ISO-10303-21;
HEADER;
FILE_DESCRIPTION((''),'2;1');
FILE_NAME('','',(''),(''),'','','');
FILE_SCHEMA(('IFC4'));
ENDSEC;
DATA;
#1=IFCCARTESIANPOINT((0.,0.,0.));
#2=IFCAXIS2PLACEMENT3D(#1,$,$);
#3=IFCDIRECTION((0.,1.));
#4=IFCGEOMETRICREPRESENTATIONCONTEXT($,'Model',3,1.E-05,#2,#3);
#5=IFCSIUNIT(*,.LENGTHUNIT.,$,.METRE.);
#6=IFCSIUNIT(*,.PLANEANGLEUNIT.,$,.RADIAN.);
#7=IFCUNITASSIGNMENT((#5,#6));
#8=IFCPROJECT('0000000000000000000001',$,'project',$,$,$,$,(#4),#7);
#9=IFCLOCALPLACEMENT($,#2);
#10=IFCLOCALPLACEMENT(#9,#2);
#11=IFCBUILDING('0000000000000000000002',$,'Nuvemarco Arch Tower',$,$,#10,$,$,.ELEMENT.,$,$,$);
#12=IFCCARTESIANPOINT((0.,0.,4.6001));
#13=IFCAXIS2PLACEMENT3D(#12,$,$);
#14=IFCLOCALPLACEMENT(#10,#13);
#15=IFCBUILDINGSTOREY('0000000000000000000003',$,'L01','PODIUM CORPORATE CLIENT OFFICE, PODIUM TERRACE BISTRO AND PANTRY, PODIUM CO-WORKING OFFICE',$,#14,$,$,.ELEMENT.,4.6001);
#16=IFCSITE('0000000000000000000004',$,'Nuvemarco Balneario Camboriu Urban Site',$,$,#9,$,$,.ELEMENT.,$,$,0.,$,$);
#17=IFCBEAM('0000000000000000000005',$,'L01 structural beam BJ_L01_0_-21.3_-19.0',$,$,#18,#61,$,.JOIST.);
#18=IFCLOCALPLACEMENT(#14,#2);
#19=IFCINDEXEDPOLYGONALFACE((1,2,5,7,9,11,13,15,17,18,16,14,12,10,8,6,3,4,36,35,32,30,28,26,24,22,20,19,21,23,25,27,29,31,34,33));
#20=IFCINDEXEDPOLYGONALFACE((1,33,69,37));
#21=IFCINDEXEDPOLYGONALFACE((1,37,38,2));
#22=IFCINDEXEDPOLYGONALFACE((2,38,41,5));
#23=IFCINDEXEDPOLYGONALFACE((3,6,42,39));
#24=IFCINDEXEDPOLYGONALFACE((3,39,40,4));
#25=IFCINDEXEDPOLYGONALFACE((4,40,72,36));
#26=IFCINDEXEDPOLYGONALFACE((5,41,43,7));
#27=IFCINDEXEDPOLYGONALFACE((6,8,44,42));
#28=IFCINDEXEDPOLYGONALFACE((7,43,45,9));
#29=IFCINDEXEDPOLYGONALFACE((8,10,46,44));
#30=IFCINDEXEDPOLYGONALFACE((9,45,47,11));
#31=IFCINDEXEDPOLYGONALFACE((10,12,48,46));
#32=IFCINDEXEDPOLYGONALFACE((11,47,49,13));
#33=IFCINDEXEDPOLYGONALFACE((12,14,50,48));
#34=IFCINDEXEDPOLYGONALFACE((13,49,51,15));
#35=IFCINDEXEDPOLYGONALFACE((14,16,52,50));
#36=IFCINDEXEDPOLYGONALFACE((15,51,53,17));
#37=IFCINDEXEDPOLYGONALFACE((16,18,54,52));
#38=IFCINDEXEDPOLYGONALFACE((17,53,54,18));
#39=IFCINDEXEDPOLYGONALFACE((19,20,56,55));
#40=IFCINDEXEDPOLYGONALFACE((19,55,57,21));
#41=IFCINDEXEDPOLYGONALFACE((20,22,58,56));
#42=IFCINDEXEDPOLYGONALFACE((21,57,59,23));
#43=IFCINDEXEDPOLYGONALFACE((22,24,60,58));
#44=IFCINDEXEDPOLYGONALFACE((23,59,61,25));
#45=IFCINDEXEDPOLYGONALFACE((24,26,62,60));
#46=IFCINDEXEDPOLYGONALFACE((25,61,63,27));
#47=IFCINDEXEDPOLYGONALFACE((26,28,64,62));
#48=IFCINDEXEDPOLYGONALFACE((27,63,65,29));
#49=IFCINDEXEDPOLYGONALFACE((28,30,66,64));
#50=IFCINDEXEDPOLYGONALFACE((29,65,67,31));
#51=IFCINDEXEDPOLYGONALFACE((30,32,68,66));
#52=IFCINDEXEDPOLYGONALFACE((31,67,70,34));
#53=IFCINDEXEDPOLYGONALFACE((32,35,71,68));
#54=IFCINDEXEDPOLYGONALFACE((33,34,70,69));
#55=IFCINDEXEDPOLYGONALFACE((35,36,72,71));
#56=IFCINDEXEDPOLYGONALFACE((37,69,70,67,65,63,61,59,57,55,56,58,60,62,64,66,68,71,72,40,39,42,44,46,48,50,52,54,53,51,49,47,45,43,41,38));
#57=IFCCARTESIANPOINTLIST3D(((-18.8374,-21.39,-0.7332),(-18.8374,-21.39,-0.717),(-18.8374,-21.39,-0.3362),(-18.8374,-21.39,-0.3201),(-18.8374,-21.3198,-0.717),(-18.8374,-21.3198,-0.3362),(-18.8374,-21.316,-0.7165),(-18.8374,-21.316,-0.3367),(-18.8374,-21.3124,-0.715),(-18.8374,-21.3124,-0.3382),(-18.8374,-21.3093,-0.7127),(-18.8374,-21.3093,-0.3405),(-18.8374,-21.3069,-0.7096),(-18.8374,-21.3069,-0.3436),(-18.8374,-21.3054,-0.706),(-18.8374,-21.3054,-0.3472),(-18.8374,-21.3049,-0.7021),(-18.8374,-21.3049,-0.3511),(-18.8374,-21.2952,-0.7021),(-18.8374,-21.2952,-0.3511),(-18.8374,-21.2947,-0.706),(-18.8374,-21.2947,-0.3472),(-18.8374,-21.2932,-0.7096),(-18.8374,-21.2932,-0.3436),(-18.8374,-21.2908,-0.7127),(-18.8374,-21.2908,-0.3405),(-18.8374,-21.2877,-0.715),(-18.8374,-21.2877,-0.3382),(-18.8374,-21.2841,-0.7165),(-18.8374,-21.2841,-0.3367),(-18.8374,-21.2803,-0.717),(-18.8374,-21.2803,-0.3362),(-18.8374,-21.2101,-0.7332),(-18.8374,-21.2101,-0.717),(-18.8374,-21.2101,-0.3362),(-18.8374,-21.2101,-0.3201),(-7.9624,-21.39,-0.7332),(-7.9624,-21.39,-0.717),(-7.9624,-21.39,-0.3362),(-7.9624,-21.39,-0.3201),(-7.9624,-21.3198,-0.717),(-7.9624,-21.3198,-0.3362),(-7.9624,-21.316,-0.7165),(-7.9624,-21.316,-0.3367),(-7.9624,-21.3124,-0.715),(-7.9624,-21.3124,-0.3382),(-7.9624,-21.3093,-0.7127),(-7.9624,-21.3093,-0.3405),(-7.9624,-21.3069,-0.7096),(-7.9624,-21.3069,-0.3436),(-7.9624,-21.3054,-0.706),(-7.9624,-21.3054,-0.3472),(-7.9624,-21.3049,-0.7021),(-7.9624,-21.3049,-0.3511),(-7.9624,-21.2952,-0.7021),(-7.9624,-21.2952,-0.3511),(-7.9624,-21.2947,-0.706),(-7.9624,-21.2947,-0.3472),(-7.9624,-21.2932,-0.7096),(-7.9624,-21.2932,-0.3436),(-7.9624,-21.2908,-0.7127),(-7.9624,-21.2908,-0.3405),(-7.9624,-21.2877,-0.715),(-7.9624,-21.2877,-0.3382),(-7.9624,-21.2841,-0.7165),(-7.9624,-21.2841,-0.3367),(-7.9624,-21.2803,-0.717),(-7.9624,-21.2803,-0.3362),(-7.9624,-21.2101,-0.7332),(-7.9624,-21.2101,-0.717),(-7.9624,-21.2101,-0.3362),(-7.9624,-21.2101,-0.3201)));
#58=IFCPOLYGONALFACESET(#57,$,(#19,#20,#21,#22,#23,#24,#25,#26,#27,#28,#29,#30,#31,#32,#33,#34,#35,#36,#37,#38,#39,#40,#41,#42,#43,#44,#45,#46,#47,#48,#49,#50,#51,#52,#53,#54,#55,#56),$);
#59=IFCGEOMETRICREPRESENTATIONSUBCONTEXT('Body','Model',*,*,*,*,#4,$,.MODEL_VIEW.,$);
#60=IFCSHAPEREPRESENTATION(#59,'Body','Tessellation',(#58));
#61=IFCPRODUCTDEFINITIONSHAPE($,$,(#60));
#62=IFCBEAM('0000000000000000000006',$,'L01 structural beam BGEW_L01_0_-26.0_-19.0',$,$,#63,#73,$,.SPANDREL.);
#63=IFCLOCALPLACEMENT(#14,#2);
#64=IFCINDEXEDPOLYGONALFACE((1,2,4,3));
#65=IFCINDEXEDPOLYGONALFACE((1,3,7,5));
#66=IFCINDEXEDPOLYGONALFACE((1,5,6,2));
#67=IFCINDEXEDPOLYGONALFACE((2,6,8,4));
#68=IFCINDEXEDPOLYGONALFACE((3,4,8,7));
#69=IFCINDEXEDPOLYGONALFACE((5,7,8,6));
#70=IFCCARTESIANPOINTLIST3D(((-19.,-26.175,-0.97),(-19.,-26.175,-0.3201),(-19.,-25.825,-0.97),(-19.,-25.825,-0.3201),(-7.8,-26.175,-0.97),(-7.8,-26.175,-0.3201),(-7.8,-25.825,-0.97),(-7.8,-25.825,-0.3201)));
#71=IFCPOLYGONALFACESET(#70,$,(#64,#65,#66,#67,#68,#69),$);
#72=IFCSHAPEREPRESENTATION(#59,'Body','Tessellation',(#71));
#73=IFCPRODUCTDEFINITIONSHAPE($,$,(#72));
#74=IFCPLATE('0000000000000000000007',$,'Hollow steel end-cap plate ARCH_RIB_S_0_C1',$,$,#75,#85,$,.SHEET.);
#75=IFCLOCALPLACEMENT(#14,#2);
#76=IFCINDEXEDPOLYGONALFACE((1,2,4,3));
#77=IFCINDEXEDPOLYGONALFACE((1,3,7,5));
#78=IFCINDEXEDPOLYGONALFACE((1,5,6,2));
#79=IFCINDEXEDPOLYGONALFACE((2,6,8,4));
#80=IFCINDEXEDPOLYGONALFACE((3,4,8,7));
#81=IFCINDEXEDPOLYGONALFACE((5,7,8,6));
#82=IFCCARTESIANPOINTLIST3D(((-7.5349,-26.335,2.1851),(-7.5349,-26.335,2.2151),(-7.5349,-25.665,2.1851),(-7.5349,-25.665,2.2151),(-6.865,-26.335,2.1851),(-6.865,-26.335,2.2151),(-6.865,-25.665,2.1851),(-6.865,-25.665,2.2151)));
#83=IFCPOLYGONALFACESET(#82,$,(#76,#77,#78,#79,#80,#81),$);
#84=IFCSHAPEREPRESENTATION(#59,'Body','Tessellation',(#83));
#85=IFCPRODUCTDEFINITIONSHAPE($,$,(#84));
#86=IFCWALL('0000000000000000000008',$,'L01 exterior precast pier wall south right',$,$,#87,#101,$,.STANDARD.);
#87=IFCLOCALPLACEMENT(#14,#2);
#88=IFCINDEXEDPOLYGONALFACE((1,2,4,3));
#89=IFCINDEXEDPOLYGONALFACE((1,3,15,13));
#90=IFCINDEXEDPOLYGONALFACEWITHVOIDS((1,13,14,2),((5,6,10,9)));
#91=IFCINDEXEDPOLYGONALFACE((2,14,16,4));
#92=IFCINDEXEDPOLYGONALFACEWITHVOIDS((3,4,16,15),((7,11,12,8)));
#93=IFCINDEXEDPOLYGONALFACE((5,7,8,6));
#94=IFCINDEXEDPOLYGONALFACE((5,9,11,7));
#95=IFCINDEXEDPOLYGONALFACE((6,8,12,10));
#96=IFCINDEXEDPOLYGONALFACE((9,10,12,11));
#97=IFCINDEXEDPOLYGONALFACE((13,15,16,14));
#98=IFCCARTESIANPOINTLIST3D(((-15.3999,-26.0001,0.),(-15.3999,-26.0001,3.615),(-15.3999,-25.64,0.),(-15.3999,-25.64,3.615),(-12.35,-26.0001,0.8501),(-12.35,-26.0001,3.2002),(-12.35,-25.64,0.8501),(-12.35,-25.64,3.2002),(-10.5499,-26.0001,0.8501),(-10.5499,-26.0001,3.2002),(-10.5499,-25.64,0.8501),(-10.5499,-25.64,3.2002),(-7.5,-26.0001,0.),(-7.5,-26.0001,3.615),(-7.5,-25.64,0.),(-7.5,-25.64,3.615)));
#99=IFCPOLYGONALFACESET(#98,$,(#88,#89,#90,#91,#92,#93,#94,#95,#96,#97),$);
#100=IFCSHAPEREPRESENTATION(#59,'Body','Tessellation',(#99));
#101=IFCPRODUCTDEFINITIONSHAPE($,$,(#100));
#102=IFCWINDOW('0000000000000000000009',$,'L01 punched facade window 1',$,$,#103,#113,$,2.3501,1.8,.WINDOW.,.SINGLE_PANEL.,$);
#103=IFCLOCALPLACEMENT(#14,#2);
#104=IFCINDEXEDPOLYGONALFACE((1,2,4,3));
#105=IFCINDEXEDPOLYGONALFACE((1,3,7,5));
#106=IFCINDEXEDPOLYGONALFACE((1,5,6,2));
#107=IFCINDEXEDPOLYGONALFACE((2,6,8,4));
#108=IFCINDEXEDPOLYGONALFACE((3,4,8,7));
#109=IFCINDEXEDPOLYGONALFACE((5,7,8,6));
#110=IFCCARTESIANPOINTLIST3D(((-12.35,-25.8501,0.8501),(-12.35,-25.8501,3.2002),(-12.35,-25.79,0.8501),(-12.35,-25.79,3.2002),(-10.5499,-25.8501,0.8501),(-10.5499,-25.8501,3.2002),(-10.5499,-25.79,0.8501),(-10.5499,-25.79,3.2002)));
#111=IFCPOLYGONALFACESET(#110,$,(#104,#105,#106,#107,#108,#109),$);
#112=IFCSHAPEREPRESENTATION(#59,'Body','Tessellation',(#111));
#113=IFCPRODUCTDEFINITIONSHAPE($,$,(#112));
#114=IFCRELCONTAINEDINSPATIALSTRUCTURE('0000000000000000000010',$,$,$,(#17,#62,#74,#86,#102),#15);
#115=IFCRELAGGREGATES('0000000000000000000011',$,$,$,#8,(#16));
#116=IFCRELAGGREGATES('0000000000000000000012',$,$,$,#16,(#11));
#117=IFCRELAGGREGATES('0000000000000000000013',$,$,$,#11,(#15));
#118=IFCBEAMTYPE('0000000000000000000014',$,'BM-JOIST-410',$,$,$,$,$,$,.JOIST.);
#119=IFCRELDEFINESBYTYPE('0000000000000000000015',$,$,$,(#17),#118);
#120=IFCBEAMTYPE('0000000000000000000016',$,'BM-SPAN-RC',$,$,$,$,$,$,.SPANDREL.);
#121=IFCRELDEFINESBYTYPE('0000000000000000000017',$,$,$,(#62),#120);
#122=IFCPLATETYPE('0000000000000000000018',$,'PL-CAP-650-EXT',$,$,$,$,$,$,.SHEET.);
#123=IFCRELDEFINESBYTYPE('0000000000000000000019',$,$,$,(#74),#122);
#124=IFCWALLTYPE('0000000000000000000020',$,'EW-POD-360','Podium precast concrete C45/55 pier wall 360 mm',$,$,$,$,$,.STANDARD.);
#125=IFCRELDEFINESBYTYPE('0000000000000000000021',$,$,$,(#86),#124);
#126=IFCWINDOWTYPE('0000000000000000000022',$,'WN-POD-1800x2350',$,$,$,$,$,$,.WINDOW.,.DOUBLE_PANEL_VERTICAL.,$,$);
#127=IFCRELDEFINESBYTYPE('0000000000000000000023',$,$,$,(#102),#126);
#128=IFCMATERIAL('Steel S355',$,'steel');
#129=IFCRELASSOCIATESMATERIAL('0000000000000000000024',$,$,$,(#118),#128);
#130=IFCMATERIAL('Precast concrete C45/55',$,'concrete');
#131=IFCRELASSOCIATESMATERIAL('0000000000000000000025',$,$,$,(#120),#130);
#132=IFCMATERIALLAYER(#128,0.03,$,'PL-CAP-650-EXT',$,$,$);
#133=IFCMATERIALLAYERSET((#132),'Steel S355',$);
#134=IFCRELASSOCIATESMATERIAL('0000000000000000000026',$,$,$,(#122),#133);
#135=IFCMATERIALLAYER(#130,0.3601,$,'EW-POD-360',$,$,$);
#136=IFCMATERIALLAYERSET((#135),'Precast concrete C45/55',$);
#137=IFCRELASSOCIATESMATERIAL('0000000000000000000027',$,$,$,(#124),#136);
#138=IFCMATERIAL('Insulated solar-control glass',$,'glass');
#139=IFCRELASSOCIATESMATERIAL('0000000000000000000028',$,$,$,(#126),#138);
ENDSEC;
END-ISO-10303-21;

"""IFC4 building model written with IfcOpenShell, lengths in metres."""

from ifc_helpers import new_model, si_unit, direction, frame, frame_2d, origin, origin_2d, place, context, subcontext, project, spatial, rectangle, i_section, extrude, source, transform, mapped, material, layer, layer_set, material_profile, profile_set, type_object, type_shapes, element, fill, save


model = new_model("IFC4")

# Units and contexts
model_context = context("Model", 3, precision=1e-05, world=origin(), true_north=direction((0.0, 1.0)))
body_context = subcontext(model_context, "Body", "Model", "MODEL_VIEW")
ifc_project = project(units=[si_unit("LENGTHUNIT", "METRE"), si_unit("PLANEANGLEUNIT", "RADIAN")], contexts=[model_context])

# Site, building, storey
site_placement = place(None, origin())
site = spatial("IfcSite", under=ifc_project, at=site_placement, Name="Nuvemarco Balneario Camboriu Urban Site", CompositionType="ELEMENT", RefElevation=0.0)
building_placement = place(site_placement, origin())
building = spatial("IfcBuilding", under=site, at=building_placement, Name="Nuvemarco Arch Tower", CompositionType="ELEMENT")
storey_placement = place(building_placement, frame((0.0, 0.0, 4.6001)))
storey = spatial("IfcBuildingStorey", under=building, at=storey_placement, Name="L01", Description="PODIUM CORPORATE CLIENT OFFICE, PODIUM TERRACE BISTRO AND PANTRY, PODIUM CO-WORKING OFFICE", CompositionType="ELEMENT", Elevation=4.6001)

# Beams
ifc_material_1 = material(Name="Steel S355", Category="steel")
ifc_material_profile_1 = material_profile(ifc_material_1, i_section(OverallWidth=0.1799, OverallDepth=0.4131, WebThickness=0.0098, FlangeThickness=0.0161, FilletRadius=0.0149, at=origin_2d()), Name="W410x75")
ifc_profile_set_1 = profile_set([ifc_material_profile_1], Name="Steel S355")
beam_type_1 = type_object("IfcBeamType", Name="BM-JOIST-410", PredefinedType="JOIST", material=ifc_profile_set_1)
beam_1_placement = place(storey_placement, frame((-18.8374, -21.3, -0.5266), z_axis=(1.0, 0.0, 0.0), x_axis=(0.0, 1.0, 0.0)))
element("IfcBeam", 1, at=beam_1_placement, inside=storey, type_object=beam_type_1, Name="L01 structural beam BJ_L01_0_-21.3_-19.0", PredefinedType="JOIST", context=body_context, shape_type="SweptSolid", body=[
    extrude(i_section(OverallWidth=0.1799, OverallDepth=0.4131, WebThickness=0.0098, FlangeThickness=0.0161, FilletRadius=0.0149, at=origin_2d()), origin(), (0.0, 0.0, 1.0), 10.875),
])
ifc_material_2 = material(Name="Precast concrete C45/55", Category="concrete")
ifc_material_profile_2 = material_profile(ifc_material_2, rectangle(XDim=0.3501, YDim=0.6499, at=origin_2d()), Name="PC-SP-350x650")
ifc_profile_set_2 = profile_set([ifc_material_profile_2], Name="Precast concrete C45/55")
beam_type_2 = type_object("IfcBeamType", Name="BM-SPAN-RC", PredefinedType="SPANDREL", material=ifc_profile_set_2)
beam_2_placement = place(storey_placement, frame((-19.0, -26.0, -0.645), z_axis=(1.0, 0.0, 0.0), x_axis=(0.0, 1.0, 0.0)))
element("IfcBeam", 2, at=beam_2_placement, inside=storey, type_object=beam_type_2, Name="L01 structural beam BGEW_L01_0_-26.0_-19.0", PredefinedType="SPANDREL", context=body_context, shape_type="SweptSolid", body=[
    extrude(rectangle(XDim=0.3501, YDim=0.6499, at=origin_2d()), origin(), (0.0, 0.0, 1.0), 11.2),
])

# Plate
ifc_layer_1 = layer(ifc_material_1, 0.03, Name="PL-CAP-650-EXT")
ifc_layer_set_1 = layer_set([ifc_layer_1], Name="Steel S355")
plate_type = type_object("IfcPlateType", Name="PL-CAP-650-EXT", PredefinedType="SHEET", material=ifc_layer_set_1)
shared_shape_1 = source(origin(), body_context, "Body", "SweptSolid", [
    extrude(rectangle(XDim=0.6699, YDim=0.6699, at=origin_2d()), origin(), (0.0, 0.0, 1.0), 0.03),
])
type_shapes(plate_type, [shared_shape_1])
plate_placement = place(storey_placement, frame((-7.2, -26.0, 2.1851), z_axis=(0.0, 0.0, 1.0), x_axis=(1.0, 0.0, 0.0)))
element("IfcPlate", 3, at=plate_placement, inside=storey, type_object=plate_type, Name="Hollow steel end-cap plate ARCH_RIB_S_0_C1", PredefinedType="SHEET", context=body_context, shape_type="MappedRepresentation", body=[
    mapped(shared_shape_1, transform((0.0, 0.0, 0.0), scale=1.0)),
])

# Wall, opening, window
ifc_layer_2 = layer(ifc_material_2, 0.3601, Name="EW-POD-360")
ifc_layer_set_2 = layer_set([ifc_layer_2], Name="Precast concrete C45/55")
wall_type_1 = type_object("IfcWallType", Name="EW-POD-360", Description="Podium precast concrete C45/55 pier wall 360 mm", PredefinedType="STANDARD", material=ifc_layer_set_2)
wall_1_placement = place(storey_placement, frame((-15.3999, -25.8201, 0.0), z_axis=(0.0, 0.0, 1.0), x_axis=(1.0, 0.0, 0.0)))
wall_1 = element("IfcWall", 4, at=wall_1_placement, inside=storey, type_object=wall_type_1, Name="L01 exterior precast pier wall south right", PredefinedType="STANDARD", context=body_context, shape_type="SweptSolid", body=[
    extrude(rectangle(XDim=7.8999, YDim=0.3601, at=frame_2d((3.95, 0.0))), origin(), (0.0, 0.0, 1.0), 3.615),
])
opening_1_placement = place(wall_1_placement, frame((3.05, 0.0, 0.8501)))
opening_1 = element("IfcOpeningElement", 5, at=opening_1_placement, cuts=wall_1, PredefinedType="OPENING", context=body_context, shape_type="SweptSolid", body=[
    extrude(rectangle(XDim=1.8, YDim=2.3501, at=frame_2d((0.8999, 1.175))), frame((0.0, 0.1899, 0.0), z_axis=(0.0, -1.0, 0.0), x_axis=(1.0, 0.0, 0.0)), (0.0, 0.0, 1.0), 0.3801),
])
ifc_material_3 = material(Name="Insulated solar-control glass", Category="glass")
window_type_1 = type_object("IfcWindowType", Name="WN-POD-1800x2350", PartitioningType="DOUBLE_PANEL_VERTICAL", PredefinedType="WINDOW", material=ifc_material_3)
shared_shape_2 = source(origin(), body_context, "Body", "SweptSolid", [
    extrude(rectangle(XDim=1.8, YDim=2.3501, at=frame_2d((0.8999, 1.175))), frame((0.0, 0.03, 0.0), z_axis=(0.0, -1.0, 0.0), x_axis=(1.0, 0.0, 0.0)), (0.0, 0.0, 1.0), 0.0601),
])
type_shapes(window_type_1, [shared_shape_2])
window_1_placement = place(opening_1_placement, origin())
window_1 = element("IfcWindow", 6, at=window_1_placement, inside=storey, type_object=window_type_1, Name="L01 punched facade window 1", OverallHeight=2.3501, OverallWidth=1.8, PartitioningType="SINGLE_PANEL", PredefinedType="WINDOW", context=body_context, shape_type="MappedRepresentation", body=[
    mapped(shared_shape_2, transform((0.0, 0.0, 0.0), scale=1.0)),
])
fill(opening_1, window_1)

save(model, "model.ifc")
